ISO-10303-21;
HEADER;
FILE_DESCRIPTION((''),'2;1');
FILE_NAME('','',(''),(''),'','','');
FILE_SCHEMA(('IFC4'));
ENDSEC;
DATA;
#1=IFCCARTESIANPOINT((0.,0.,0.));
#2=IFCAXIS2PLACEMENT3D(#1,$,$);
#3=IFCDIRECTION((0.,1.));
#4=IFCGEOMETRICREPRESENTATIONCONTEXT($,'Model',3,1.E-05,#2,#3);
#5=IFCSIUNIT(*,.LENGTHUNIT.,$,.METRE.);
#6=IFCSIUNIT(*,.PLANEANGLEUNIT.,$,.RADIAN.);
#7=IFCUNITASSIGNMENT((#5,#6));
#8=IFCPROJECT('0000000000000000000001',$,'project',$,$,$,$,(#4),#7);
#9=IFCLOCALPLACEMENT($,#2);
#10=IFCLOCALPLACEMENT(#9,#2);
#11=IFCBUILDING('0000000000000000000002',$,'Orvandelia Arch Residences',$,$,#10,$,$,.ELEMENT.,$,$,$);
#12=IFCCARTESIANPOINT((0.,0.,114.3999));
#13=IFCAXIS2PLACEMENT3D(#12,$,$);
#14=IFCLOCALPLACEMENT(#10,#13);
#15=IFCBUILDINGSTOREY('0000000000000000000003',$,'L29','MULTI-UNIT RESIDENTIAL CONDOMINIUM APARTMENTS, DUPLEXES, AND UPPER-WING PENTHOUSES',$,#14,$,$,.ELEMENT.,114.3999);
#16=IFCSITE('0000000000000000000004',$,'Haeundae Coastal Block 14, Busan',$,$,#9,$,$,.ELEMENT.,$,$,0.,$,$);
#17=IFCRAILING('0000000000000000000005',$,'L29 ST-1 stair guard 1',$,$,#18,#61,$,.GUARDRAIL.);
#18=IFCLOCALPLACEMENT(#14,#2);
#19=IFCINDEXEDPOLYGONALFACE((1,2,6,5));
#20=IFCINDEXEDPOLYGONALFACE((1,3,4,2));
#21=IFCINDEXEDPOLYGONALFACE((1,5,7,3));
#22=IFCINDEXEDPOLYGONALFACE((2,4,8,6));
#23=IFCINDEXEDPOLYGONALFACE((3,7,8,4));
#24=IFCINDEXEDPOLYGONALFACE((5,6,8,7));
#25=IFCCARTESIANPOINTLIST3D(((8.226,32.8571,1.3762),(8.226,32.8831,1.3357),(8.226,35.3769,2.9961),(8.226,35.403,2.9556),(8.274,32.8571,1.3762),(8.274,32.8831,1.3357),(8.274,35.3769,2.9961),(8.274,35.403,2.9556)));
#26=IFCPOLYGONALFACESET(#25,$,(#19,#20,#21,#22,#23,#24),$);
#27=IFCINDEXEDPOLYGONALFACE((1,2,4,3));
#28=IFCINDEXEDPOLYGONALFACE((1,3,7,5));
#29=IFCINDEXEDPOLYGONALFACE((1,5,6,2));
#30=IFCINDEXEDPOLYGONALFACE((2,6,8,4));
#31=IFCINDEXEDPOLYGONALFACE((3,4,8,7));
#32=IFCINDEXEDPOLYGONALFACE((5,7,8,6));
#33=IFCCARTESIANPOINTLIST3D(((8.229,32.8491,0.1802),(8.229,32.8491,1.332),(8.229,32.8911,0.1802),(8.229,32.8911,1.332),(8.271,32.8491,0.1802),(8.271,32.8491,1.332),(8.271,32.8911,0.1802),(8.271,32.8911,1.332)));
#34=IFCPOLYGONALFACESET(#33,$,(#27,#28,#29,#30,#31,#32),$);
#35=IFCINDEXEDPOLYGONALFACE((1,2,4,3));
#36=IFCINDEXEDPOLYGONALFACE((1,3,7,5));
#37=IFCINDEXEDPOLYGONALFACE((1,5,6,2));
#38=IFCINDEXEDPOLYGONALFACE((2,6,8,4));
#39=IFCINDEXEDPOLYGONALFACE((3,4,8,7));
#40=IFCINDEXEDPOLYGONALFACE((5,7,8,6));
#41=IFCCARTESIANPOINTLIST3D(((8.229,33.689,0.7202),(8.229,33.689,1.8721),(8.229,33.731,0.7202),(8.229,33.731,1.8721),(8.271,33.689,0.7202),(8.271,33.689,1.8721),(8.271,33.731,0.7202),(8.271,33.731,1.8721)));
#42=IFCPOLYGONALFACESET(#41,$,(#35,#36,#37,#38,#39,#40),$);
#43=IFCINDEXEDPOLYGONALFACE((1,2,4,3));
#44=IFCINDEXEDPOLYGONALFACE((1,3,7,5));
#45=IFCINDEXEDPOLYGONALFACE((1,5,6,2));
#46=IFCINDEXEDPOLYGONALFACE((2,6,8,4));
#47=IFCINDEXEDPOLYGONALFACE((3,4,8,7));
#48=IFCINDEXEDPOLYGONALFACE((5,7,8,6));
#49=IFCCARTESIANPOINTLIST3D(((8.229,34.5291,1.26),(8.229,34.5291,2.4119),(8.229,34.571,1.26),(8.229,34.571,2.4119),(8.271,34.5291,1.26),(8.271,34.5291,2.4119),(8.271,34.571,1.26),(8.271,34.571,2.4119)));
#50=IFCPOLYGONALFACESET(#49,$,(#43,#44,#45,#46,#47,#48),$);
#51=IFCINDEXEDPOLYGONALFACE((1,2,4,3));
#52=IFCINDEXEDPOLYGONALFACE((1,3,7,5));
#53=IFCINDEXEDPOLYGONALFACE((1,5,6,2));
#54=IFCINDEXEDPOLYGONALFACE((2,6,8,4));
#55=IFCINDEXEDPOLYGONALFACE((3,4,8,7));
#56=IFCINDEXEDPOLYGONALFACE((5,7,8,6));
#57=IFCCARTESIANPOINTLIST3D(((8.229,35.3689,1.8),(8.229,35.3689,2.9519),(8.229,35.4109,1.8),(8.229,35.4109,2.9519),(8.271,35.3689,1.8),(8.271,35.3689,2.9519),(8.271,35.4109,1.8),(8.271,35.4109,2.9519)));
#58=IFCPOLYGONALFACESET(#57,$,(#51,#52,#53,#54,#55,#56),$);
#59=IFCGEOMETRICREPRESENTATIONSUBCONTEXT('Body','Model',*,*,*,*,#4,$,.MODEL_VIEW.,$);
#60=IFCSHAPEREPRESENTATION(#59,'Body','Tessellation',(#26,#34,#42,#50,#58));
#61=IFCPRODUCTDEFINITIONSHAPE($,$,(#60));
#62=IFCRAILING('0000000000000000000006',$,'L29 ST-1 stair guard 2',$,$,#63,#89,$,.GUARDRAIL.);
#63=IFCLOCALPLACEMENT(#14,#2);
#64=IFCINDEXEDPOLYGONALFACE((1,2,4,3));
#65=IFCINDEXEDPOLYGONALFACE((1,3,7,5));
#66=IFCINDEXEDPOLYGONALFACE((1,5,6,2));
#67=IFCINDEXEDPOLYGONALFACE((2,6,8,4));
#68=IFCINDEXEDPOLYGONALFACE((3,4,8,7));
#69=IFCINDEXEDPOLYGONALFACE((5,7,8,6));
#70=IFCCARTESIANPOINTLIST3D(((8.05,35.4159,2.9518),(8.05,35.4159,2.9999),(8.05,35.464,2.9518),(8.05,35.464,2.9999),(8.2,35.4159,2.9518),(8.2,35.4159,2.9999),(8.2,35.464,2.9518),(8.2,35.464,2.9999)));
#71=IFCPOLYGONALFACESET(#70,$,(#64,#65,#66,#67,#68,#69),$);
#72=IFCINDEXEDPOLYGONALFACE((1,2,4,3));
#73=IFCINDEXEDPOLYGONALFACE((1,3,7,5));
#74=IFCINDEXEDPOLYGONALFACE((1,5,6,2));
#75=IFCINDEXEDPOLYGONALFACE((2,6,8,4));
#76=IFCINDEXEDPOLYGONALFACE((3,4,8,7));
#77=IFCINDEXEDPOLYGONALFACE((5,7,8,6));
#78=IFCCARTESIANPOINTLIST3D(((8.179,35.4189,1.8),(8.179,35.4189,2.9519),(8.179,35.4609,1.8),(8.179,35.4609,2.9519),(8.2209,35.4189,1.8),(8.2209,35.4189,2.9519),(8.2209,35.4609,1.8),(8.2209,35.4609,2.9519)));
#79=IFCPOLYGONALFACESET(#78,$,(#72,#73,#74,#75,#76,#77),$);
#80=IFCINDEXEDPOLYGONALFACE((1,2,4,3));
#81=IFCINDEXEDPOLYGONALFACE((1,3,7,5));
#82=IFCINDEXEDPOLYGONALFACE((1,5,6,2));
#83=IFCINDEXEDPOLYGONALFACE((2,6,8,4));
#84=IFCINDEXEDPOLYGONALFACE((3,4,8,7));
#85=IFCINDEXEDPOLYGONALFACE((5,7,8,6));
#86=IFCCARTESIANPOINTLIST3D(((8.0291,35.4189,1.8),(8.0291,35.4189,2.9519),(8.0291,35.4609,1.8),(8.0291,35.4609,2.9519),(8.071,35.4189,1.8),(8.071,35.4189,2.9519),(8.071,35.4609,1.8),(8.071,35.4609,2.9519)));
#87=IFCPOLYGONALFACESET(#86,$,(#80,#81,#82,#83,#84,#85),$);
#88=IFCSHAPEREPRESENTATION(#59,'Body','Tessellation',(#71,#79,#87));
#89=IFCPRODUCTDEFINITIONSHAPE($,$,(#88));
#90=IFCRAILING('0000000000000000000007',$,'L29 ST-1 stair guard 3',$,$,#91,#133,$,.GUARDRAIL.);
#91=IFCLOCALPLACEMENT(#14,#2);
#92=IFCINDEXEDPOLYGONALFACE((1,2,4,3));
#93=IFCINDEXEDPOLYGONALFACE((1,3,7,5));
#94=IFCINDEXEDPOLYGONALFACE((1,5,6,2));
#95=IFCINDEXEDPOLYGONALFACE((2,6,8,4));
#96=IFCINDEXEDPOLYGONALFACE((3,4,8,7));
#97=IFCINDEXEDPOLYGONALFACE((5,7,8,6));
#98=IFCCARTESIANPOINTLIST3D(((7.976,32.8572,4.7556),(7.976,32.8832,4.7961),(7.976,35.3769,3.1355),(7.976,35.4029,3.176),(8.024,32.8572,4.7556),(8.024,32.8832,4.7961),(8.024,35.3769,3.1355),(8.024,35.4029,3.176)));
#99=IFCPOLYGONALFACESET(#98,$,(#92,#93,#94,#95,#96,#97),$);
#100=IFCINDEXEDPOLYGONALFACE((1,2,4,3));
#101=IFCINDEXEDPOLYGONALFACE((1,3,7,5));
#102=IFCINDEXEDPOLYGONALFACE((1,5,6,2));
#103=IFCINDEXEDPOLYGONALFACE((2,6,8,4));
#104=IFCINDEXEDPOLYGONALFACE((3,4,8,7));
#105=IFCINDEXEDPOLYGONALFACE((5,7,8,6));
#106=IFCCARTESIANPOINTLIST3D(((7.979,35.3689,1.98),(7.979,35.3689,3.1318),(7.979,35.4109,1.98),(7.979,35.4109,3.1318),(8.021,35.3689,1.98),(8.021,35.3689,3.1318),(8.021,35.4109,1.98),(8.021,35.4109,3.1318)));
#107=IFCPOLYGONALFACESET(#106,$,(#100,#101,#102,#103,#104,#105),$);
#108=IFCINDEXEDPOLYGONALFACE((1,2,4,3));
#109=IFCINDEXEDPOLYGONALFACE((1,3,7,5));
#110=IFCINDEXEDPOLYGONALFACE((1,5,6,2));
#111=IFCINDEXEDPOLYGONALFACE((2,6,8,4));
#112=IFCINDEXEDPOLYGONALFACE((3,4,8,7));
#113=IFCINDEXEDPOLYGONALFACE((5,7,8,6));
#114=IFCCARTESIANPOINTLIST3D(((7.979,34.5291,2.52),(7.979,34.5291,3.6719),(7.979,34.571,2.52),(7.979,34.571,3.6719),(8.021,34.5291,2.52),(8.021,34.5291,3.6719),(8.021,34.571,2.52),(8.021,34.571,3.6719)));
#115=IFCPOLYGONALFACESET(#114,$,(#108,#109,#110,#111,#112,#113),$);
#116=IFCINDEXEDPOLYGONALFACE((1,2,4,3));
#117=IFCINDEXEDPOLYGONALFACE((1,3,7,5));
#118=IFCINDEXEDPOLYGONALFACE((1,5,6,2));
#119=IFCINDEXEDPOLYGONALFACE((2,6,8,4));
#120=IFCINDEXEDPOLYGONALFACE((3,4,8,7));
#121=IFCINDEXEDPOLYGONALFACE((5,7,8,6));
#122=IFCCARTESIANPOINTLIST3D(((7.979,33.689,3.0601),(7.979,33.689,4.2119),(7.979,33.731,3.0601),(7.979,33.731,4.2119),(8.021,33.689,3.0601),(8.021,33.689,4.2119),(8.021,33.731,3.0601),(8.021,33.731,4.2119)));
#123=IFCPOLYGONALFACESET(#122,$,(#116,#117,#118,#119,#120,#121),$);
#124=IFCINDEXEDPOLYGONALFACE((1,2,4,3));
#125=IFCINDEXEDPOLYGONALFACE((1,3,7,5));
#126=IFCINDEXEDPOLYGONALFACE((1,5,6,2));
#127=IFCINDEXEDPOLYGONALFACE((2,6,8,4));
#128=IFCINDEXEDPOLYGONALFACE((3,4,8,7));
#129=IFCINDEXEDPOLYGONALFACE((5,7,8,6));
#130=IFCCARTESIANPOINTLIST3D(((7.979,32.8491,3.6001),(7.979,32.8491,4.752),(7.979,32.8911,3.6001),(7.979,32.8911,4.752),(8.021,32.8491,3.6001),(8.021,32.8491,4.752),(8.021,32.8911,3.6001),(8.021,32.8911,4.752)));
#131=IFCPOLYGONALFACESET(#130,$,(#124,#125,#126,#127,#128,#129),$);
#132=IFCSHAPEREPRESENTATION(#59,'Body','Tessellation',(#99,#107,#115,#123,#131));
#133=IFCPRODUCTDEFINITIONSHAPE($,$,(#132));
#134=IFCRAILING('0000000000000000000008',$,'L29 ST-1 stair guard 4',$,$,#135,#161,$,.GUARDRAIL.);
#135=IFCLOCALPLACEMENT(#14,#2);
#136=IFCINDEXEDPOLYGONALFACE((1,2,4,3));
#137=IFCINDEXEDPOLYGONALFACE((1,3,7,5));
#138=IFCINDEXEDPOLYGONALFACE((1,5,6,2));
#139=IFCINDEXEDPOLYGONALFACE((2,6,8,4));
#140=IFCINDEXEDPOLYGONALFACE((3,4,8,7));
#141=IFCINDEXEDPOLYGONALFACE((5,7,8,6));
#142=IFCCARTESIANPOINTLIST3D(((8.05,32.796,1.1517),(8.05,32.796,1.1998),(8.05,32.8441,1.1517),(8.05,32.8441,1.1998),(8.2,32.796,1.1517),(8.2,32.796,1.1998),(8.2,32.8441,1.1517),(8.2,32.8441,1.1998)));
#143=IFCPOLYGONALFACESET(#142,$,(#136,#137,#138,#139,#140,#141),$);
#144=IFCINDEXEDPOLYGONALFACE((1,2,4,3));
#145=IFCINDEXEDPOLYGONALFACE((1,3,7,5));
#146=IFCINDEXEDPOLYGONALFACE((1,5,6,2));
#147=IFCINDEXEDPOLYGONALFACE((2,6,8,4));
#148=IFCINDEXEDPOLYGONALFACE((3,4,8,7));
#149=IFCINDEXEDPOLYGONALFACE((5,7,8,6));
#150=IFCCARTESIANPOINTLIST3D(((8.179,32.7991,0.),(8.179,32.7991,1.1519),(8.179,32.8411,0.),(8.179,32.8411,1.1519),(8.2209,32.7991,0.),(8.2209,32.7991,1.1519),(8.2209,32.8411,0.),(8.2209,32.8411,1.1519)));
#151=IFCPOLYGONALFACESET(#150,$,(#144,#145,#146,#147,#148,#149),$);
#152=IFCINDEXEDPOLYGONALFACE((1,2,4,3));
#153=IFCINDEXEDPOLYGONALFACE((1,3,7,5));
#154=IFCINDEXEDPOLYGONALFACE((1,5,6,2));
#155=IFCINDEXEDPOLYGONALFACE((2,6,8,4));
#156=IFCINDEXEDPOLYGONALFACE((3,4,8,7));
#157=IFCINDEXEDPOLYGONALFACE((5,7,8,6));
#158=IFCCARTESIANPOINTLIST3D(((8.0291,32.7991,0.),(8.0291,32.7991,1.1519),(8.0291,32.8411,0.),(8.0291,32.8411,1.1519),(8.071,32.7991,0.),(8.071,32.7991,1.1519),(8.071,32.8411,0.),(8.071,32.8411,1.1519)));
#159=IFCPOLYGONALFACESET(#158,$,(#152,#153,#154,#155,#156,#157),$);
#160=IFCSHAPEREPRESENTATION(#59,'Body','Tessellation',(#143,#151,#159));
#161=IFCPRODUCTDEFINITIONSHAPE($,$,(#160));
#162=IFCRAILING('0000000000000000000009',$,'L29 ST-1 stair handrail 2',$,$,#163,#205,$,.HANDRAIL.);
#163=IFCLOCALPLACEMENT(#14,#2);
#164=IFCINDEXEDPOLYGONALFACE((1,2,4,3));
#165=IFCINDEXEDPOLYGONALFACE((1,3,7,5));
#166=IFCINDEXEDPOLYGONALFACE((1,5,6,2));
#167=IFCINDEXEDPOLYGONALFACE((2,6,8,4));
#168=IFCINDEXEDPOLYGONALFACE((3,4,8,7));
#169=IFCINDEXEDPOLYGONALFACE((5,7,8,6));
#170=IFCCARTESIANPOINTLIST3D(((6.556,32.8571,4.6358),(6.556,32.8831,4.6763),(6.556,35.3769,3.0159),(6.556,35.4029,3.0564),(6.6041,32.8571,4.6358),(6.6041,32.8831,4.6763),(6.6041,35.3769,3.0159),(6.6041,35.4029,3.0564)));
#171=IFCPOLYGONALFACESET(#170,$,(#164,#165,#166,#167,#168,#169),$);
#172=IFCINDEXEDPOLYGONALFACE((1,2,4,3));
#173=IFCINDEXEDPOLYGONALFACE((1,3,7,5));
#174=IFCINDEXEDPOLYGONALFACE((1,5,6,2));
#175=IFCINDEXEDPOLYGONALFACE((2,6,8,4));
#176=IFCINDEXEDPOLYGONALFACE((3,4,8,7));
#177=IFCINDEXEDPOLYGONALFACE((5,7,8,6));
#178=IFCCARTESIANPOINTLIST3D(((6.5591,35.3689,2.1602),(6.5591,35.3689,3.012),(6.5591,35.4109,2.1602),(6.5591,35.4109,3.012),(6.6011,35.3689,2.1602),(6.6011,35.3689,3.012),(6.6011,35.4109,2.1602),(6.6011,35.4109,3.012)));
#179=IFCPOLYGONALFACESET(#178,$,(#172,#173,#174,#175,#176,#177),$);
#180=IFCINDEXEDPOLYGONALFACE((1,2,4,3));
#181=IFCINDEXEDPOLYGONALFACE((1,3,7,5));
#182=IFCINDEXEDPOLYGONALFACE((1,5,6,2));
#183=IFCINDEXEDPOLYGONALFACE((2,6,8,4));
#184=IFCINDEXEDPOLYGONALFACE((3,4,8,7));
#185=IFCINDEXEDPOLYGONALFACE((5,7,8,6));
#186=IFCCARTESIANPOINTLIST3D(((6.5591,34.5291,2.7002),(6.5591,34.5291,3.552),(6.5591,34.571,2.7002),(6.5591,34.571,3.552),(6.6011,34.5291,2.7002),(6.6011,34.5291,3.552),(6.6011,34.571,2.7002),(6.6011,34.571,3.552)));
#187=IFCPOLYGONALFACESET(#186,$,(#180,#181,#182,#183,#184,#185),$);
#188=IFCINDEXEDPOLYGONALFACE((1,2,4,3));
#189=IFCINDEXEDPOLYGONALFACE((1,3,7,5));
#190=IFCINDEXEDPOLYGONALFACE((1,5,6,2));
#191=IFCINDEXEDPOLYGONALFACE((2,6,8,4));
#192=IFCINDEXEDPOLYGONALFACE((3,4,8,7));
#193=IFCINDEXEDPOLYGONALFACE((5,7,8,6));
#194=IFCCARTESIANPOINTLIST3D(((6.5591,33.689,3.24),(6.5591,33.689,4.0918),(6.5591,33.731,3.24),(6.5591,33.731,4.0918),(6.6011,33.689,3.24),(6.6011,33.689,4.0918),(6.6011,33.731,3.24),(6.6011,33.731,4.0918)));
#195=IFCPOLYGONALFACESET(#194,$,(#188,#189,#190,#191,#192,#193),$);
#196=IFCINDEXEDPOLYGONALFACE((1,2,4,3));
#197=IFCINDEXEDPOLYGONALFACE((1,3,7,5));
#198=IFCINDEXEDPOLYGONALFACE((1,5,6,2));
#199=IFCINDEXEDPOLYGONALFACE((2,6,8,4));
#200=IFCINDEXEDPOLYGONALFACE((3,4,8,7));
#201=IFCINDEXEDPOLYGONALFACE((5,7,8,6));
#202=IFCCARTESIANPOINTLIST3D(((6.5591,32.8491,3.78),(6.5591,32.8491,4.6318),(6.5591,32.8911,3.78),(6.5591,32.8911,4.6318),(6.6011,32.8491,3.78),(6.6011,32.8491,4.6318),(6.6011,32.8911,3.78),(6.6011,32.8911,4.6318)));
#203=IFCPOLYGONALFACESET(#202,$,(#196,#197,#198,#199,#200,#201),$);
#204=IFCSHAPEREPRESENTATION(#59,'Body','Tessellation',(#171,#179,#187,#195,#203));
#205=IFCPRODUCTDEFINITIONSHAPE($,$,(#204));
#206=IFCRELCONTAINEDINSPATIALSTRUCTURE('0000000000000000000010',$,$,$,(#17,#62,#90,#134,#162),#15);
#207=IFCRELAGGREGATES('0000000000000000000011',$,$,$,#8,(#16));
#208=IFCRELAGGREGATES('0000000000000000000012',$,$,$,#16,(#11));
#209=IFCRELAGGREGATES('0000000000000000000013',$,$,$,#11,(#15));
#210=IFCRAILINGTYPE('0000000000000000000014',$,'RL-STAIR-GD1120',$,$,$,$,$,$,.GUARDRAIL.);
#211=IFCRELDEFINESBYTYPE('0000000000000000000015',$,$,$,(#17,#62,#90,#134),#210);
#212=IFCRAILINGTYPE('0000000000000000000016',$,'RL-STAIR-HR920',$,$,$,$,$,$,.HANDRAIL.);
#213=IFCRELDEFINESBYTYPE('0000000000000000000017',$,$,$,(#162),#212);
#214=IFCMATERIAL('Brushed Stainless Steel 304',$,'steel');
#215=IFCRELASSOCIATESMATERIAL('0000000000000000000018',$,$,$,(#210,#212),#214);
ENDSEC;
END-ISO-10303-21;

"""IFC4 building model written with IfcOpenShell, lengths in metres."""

from ifc_helpers import new_model, si_unit, direction, frame, origin, origin_2d, place, context, subcontext, project, spatial, rectangle, extrude, material, type_object, element, save


model = new_model("IFC4")

# Units and contexts
model_context = context("Model", 3, precision=1e-05, world=origin(), true_north=direction((0.0, 1.0)))
body_context = subcontext(model_context, "Body", "Model", "MODEL_VIEW")
ifc_project = project(units=[si_unit("LENGTHUNIT", "METRE"), si_unit("PLANEANGLEUNIT", "RADIAN")], contexts=[model_context])

# Site, building, storey
site_placement = place(None, origin())
site = spatial("IfcSite", under=ifc_project, at=site_placement, Name="Haeundae Coastal Block 14, Busan", CompositionType="ELEMENT", RefElevation=0.0)
building_placement = place(site_placement, origin())
building = spatial("IfcBuilding", under=site, at=building_placement, Name="Orvandelia Arch Residences", CompositionType="ELEMENT")
storey_placement = place(building_placement, frame((0.0, 0.0, 114.3999)))
storey = spatial("IfcBuildingStorey", under=building, at=storey_placement, Name="L29", Description="MULTI-UNIT RESIDENTIAL CONDOMINIUM APARTMENTS, DUPLEXES, AND UPPER-WING PENTHOUSES", CompositionType="ELEMENT", Elevation=114.3999)

# Railings
ifc_material_1 = material(Name="Brushed Stainless Steel 304", Category="steel")
railing_type_1 = type_object("IfcRailingType", Name="RL-STAIR-GD1120", PredefinedType="GUARDRAIL", material=ifc_material_1)
railing_1_placement = place(storey_placement, frame((8.25, 32.8701, 0.1802)))
element("IfcRailing", 1, at=railing_1_placement, inside=storey, type_object=railing_type_1, Name="L29 ST-1 stair guard 1", PredefinedType="GUARDRAIL", context=body_context, shape_type="SweptSolid", body=[
    extrude(rectangle(XDim=0.0481, YDim=0.0481, at=origin_2d()), frame((0.0, 0.0, 1.1758), z_axis=(0.0, 0.841176, 0.540762), x_axis=(-1.0, 0.0, 0.0)), (0.0, 0.0, 1.0), 2.9956),
    extrude(rectangle(XDim=0.042, YDim=0.042, at=origin_2d()), origin(), (0.0, 0.0, 1.0), 1.1519),
    extrude(rectangle(XDim=0.042, YDim=0.042, at=origin_2d()), frame((0.0, 0.8398, 0.54)), (0.0, 0.0, 1.0), 1.1519),
    extrude(rectangle(XDim=0.042, YDim=0.042, at=origin_2d()), frame((0.0, 1.6799, 1.0798)), (0.0, 0.0, 1.0), 1.1519),
    extrude(rectangle(XDim=0.042, YDim=0.042, at=origin_2d()), frame((0.0, 2.5198, 1.6199)), (0.0, 0.0, 1.0), 1.1519),
])
railing_2_placement = place(storey_placement, frame((8.2, 35.4399, 1.8)))
element("IfcRailing", 2, at=railing_2_placement, inside=storey, type_object=railing_type_1, Name="L29 ST-1 stair guard 2", PredefinedType="GUARDRAIL", context=body_context, shape_type="SweptSolid", body=[
    extrude(rectangle(XDim=0.0481, YDim=0.0481, at=origin_2d()), frame((0.0, 0.0, 1.1758), z_axis=(-1.0, 0.0, 0.0), x_axis=(0.0, -1.0, 0.0)), (0.0, 0.0, 1.0), 0.1499),
    extrude(rectangle(XDim=0.042, YDim=0.042, at=origin_2d()), origin(), (0.0, 0.0, 1.0), 1.1519),
    extrude(rectangle(XDim=0.042, YDim=0.042, at=origin_2d()), frame((-0.1499, 0.0, 0.0)), (0.0, 0.0, 1.0), 1.1519),
])
railing_3_placement = place(storey_placement, frame((8.0, 35.3899, 1.98)))
element("IfcRailing", 3, at=railing_3_placement, inside=storey, type_object=railing_type_1, Name="L29 ST-1 stair guard 3", PredefinedType="GUARDRAIL", context=body_context, shape_type="SweptSolid", body=[
    extrude(rectangle(XDim=0.0481, YDim=0.0481, at=origin_2d()), frame((0.0, 0.0, 1.1758), z_axis=(0.0, -0.841139, 0.540819), x_axis=(1.0, 0.0, 0.0)), (0.0, 0.0, 1.0), 2.9956),
    extrude(rectangle(XDim=0.042, YDim=0.042, at=origin_2d()), origin(), (0.0, 0.0, 1.0), 1.1519),
    extrude(rectangle(XDim=0.042, YDim=0.042, at=origin_2d()), frame((0.0, -0.8398, 0.54)), (0.0, 0.0, 1.0), 1.1519),
    extrude(rectangle(XDim=0.042, YDim=0.042, at=origin_2d()), frame((0.0, -1.6799, 1.0801)), (0.0, 0.0, 1.0), 1.1519),
    extrude(rectangle(XDim=0.042, YDim=0.042, at=origin_2d()), frame((0.0, -2.5198, 1.6201)), (0.0, 0.0, 1.0), 1.1519),
])
railing_4_placement = place(storey_placement, frame((8.2, 32.8201, 0.0)))
element("IfcRailing", 4, at=railing_4_placement, inside=storey, type_object=railing_type_1, Name="L29 ST-1 stair guard 4", PredefinedType="GUARDRAIL", context=body_context, shape_type="SweptSolid", body=[
    extrude(rectangle(XDim=0.0481, YDim=0.0481, at=origin_2d()), frame((0.0, 0.0, 1.1758), z_axis=(-1.0, 0.0, 0.0), x_axis=(0.0, -1.0, 0.0)), (0.0, 0.0, 1.0), 0.1499),
    extrude(rectangle(XDim=0.042, YDim=0.042, at=origin_2d()), origin(), (0.0, 0.0, 1.0), 1.1519),
    extrude(rectangle(XDim=0.042, YDim=0.042, at=origin_2d()), frame((-0.1499, 0.0, 0.0)), (0.0, 0.0, 1.0), 1.1519),
])
railing_type_2 = type_object("IfcRailingType", Name="RL-STAIR-HR920", PredefinedType="HANDRAIL", material=ifc_material_1)
railing_5_placement = place(storey_placement, frame((6.5801, 35.3899, 2.1602)))
element("IfcRailing", 5, at=railing_5_placement, inside=storey, type_object=railing_type_2, Name="L29 ST-1 stair handrail 2", PredefinedType="HANDRAIL", context=body_context, shape_type="SweptSolid", body=[
    extrude(rectangle(XDim=0.0481, YDim=0.0481, at=origin_2d()), frame((0.0, 0.0, 0.876), z_axis=(0.0, -0.841176, 0.540762), x_axis=(1.0, 0.0, 0.0)), (0.0, 0.0, 1.0), 2.9956),
    extrude(rectangle(XDim=0.042, YDim=0.042, at=origin_2d()), origin(), (0.0, 0.0, 1.0), 0.8518),
    extrude(rectangle(XDim=0.042, YDim=0.042, at=origin_2d()), frame((0.0, -0.8398, 0.54)), (0.0, 0.0, 1.0), 0.8518),
    extrude(rectangle(XDim=0.042, YDim=0.042, at=origin_2d()), frame((0.0, -1.6799, 1.0798)), (0.0, 0.0, 1.0), 0.8518),
    extrude(rectangle(XDim=0.042, YDim=0.042, at=origin_2d()), frame((0.0, -2.5198, 1.6199)), (0.0, 0.0, 1.0), 0.8518),
])

save(model, "model.ifc")
